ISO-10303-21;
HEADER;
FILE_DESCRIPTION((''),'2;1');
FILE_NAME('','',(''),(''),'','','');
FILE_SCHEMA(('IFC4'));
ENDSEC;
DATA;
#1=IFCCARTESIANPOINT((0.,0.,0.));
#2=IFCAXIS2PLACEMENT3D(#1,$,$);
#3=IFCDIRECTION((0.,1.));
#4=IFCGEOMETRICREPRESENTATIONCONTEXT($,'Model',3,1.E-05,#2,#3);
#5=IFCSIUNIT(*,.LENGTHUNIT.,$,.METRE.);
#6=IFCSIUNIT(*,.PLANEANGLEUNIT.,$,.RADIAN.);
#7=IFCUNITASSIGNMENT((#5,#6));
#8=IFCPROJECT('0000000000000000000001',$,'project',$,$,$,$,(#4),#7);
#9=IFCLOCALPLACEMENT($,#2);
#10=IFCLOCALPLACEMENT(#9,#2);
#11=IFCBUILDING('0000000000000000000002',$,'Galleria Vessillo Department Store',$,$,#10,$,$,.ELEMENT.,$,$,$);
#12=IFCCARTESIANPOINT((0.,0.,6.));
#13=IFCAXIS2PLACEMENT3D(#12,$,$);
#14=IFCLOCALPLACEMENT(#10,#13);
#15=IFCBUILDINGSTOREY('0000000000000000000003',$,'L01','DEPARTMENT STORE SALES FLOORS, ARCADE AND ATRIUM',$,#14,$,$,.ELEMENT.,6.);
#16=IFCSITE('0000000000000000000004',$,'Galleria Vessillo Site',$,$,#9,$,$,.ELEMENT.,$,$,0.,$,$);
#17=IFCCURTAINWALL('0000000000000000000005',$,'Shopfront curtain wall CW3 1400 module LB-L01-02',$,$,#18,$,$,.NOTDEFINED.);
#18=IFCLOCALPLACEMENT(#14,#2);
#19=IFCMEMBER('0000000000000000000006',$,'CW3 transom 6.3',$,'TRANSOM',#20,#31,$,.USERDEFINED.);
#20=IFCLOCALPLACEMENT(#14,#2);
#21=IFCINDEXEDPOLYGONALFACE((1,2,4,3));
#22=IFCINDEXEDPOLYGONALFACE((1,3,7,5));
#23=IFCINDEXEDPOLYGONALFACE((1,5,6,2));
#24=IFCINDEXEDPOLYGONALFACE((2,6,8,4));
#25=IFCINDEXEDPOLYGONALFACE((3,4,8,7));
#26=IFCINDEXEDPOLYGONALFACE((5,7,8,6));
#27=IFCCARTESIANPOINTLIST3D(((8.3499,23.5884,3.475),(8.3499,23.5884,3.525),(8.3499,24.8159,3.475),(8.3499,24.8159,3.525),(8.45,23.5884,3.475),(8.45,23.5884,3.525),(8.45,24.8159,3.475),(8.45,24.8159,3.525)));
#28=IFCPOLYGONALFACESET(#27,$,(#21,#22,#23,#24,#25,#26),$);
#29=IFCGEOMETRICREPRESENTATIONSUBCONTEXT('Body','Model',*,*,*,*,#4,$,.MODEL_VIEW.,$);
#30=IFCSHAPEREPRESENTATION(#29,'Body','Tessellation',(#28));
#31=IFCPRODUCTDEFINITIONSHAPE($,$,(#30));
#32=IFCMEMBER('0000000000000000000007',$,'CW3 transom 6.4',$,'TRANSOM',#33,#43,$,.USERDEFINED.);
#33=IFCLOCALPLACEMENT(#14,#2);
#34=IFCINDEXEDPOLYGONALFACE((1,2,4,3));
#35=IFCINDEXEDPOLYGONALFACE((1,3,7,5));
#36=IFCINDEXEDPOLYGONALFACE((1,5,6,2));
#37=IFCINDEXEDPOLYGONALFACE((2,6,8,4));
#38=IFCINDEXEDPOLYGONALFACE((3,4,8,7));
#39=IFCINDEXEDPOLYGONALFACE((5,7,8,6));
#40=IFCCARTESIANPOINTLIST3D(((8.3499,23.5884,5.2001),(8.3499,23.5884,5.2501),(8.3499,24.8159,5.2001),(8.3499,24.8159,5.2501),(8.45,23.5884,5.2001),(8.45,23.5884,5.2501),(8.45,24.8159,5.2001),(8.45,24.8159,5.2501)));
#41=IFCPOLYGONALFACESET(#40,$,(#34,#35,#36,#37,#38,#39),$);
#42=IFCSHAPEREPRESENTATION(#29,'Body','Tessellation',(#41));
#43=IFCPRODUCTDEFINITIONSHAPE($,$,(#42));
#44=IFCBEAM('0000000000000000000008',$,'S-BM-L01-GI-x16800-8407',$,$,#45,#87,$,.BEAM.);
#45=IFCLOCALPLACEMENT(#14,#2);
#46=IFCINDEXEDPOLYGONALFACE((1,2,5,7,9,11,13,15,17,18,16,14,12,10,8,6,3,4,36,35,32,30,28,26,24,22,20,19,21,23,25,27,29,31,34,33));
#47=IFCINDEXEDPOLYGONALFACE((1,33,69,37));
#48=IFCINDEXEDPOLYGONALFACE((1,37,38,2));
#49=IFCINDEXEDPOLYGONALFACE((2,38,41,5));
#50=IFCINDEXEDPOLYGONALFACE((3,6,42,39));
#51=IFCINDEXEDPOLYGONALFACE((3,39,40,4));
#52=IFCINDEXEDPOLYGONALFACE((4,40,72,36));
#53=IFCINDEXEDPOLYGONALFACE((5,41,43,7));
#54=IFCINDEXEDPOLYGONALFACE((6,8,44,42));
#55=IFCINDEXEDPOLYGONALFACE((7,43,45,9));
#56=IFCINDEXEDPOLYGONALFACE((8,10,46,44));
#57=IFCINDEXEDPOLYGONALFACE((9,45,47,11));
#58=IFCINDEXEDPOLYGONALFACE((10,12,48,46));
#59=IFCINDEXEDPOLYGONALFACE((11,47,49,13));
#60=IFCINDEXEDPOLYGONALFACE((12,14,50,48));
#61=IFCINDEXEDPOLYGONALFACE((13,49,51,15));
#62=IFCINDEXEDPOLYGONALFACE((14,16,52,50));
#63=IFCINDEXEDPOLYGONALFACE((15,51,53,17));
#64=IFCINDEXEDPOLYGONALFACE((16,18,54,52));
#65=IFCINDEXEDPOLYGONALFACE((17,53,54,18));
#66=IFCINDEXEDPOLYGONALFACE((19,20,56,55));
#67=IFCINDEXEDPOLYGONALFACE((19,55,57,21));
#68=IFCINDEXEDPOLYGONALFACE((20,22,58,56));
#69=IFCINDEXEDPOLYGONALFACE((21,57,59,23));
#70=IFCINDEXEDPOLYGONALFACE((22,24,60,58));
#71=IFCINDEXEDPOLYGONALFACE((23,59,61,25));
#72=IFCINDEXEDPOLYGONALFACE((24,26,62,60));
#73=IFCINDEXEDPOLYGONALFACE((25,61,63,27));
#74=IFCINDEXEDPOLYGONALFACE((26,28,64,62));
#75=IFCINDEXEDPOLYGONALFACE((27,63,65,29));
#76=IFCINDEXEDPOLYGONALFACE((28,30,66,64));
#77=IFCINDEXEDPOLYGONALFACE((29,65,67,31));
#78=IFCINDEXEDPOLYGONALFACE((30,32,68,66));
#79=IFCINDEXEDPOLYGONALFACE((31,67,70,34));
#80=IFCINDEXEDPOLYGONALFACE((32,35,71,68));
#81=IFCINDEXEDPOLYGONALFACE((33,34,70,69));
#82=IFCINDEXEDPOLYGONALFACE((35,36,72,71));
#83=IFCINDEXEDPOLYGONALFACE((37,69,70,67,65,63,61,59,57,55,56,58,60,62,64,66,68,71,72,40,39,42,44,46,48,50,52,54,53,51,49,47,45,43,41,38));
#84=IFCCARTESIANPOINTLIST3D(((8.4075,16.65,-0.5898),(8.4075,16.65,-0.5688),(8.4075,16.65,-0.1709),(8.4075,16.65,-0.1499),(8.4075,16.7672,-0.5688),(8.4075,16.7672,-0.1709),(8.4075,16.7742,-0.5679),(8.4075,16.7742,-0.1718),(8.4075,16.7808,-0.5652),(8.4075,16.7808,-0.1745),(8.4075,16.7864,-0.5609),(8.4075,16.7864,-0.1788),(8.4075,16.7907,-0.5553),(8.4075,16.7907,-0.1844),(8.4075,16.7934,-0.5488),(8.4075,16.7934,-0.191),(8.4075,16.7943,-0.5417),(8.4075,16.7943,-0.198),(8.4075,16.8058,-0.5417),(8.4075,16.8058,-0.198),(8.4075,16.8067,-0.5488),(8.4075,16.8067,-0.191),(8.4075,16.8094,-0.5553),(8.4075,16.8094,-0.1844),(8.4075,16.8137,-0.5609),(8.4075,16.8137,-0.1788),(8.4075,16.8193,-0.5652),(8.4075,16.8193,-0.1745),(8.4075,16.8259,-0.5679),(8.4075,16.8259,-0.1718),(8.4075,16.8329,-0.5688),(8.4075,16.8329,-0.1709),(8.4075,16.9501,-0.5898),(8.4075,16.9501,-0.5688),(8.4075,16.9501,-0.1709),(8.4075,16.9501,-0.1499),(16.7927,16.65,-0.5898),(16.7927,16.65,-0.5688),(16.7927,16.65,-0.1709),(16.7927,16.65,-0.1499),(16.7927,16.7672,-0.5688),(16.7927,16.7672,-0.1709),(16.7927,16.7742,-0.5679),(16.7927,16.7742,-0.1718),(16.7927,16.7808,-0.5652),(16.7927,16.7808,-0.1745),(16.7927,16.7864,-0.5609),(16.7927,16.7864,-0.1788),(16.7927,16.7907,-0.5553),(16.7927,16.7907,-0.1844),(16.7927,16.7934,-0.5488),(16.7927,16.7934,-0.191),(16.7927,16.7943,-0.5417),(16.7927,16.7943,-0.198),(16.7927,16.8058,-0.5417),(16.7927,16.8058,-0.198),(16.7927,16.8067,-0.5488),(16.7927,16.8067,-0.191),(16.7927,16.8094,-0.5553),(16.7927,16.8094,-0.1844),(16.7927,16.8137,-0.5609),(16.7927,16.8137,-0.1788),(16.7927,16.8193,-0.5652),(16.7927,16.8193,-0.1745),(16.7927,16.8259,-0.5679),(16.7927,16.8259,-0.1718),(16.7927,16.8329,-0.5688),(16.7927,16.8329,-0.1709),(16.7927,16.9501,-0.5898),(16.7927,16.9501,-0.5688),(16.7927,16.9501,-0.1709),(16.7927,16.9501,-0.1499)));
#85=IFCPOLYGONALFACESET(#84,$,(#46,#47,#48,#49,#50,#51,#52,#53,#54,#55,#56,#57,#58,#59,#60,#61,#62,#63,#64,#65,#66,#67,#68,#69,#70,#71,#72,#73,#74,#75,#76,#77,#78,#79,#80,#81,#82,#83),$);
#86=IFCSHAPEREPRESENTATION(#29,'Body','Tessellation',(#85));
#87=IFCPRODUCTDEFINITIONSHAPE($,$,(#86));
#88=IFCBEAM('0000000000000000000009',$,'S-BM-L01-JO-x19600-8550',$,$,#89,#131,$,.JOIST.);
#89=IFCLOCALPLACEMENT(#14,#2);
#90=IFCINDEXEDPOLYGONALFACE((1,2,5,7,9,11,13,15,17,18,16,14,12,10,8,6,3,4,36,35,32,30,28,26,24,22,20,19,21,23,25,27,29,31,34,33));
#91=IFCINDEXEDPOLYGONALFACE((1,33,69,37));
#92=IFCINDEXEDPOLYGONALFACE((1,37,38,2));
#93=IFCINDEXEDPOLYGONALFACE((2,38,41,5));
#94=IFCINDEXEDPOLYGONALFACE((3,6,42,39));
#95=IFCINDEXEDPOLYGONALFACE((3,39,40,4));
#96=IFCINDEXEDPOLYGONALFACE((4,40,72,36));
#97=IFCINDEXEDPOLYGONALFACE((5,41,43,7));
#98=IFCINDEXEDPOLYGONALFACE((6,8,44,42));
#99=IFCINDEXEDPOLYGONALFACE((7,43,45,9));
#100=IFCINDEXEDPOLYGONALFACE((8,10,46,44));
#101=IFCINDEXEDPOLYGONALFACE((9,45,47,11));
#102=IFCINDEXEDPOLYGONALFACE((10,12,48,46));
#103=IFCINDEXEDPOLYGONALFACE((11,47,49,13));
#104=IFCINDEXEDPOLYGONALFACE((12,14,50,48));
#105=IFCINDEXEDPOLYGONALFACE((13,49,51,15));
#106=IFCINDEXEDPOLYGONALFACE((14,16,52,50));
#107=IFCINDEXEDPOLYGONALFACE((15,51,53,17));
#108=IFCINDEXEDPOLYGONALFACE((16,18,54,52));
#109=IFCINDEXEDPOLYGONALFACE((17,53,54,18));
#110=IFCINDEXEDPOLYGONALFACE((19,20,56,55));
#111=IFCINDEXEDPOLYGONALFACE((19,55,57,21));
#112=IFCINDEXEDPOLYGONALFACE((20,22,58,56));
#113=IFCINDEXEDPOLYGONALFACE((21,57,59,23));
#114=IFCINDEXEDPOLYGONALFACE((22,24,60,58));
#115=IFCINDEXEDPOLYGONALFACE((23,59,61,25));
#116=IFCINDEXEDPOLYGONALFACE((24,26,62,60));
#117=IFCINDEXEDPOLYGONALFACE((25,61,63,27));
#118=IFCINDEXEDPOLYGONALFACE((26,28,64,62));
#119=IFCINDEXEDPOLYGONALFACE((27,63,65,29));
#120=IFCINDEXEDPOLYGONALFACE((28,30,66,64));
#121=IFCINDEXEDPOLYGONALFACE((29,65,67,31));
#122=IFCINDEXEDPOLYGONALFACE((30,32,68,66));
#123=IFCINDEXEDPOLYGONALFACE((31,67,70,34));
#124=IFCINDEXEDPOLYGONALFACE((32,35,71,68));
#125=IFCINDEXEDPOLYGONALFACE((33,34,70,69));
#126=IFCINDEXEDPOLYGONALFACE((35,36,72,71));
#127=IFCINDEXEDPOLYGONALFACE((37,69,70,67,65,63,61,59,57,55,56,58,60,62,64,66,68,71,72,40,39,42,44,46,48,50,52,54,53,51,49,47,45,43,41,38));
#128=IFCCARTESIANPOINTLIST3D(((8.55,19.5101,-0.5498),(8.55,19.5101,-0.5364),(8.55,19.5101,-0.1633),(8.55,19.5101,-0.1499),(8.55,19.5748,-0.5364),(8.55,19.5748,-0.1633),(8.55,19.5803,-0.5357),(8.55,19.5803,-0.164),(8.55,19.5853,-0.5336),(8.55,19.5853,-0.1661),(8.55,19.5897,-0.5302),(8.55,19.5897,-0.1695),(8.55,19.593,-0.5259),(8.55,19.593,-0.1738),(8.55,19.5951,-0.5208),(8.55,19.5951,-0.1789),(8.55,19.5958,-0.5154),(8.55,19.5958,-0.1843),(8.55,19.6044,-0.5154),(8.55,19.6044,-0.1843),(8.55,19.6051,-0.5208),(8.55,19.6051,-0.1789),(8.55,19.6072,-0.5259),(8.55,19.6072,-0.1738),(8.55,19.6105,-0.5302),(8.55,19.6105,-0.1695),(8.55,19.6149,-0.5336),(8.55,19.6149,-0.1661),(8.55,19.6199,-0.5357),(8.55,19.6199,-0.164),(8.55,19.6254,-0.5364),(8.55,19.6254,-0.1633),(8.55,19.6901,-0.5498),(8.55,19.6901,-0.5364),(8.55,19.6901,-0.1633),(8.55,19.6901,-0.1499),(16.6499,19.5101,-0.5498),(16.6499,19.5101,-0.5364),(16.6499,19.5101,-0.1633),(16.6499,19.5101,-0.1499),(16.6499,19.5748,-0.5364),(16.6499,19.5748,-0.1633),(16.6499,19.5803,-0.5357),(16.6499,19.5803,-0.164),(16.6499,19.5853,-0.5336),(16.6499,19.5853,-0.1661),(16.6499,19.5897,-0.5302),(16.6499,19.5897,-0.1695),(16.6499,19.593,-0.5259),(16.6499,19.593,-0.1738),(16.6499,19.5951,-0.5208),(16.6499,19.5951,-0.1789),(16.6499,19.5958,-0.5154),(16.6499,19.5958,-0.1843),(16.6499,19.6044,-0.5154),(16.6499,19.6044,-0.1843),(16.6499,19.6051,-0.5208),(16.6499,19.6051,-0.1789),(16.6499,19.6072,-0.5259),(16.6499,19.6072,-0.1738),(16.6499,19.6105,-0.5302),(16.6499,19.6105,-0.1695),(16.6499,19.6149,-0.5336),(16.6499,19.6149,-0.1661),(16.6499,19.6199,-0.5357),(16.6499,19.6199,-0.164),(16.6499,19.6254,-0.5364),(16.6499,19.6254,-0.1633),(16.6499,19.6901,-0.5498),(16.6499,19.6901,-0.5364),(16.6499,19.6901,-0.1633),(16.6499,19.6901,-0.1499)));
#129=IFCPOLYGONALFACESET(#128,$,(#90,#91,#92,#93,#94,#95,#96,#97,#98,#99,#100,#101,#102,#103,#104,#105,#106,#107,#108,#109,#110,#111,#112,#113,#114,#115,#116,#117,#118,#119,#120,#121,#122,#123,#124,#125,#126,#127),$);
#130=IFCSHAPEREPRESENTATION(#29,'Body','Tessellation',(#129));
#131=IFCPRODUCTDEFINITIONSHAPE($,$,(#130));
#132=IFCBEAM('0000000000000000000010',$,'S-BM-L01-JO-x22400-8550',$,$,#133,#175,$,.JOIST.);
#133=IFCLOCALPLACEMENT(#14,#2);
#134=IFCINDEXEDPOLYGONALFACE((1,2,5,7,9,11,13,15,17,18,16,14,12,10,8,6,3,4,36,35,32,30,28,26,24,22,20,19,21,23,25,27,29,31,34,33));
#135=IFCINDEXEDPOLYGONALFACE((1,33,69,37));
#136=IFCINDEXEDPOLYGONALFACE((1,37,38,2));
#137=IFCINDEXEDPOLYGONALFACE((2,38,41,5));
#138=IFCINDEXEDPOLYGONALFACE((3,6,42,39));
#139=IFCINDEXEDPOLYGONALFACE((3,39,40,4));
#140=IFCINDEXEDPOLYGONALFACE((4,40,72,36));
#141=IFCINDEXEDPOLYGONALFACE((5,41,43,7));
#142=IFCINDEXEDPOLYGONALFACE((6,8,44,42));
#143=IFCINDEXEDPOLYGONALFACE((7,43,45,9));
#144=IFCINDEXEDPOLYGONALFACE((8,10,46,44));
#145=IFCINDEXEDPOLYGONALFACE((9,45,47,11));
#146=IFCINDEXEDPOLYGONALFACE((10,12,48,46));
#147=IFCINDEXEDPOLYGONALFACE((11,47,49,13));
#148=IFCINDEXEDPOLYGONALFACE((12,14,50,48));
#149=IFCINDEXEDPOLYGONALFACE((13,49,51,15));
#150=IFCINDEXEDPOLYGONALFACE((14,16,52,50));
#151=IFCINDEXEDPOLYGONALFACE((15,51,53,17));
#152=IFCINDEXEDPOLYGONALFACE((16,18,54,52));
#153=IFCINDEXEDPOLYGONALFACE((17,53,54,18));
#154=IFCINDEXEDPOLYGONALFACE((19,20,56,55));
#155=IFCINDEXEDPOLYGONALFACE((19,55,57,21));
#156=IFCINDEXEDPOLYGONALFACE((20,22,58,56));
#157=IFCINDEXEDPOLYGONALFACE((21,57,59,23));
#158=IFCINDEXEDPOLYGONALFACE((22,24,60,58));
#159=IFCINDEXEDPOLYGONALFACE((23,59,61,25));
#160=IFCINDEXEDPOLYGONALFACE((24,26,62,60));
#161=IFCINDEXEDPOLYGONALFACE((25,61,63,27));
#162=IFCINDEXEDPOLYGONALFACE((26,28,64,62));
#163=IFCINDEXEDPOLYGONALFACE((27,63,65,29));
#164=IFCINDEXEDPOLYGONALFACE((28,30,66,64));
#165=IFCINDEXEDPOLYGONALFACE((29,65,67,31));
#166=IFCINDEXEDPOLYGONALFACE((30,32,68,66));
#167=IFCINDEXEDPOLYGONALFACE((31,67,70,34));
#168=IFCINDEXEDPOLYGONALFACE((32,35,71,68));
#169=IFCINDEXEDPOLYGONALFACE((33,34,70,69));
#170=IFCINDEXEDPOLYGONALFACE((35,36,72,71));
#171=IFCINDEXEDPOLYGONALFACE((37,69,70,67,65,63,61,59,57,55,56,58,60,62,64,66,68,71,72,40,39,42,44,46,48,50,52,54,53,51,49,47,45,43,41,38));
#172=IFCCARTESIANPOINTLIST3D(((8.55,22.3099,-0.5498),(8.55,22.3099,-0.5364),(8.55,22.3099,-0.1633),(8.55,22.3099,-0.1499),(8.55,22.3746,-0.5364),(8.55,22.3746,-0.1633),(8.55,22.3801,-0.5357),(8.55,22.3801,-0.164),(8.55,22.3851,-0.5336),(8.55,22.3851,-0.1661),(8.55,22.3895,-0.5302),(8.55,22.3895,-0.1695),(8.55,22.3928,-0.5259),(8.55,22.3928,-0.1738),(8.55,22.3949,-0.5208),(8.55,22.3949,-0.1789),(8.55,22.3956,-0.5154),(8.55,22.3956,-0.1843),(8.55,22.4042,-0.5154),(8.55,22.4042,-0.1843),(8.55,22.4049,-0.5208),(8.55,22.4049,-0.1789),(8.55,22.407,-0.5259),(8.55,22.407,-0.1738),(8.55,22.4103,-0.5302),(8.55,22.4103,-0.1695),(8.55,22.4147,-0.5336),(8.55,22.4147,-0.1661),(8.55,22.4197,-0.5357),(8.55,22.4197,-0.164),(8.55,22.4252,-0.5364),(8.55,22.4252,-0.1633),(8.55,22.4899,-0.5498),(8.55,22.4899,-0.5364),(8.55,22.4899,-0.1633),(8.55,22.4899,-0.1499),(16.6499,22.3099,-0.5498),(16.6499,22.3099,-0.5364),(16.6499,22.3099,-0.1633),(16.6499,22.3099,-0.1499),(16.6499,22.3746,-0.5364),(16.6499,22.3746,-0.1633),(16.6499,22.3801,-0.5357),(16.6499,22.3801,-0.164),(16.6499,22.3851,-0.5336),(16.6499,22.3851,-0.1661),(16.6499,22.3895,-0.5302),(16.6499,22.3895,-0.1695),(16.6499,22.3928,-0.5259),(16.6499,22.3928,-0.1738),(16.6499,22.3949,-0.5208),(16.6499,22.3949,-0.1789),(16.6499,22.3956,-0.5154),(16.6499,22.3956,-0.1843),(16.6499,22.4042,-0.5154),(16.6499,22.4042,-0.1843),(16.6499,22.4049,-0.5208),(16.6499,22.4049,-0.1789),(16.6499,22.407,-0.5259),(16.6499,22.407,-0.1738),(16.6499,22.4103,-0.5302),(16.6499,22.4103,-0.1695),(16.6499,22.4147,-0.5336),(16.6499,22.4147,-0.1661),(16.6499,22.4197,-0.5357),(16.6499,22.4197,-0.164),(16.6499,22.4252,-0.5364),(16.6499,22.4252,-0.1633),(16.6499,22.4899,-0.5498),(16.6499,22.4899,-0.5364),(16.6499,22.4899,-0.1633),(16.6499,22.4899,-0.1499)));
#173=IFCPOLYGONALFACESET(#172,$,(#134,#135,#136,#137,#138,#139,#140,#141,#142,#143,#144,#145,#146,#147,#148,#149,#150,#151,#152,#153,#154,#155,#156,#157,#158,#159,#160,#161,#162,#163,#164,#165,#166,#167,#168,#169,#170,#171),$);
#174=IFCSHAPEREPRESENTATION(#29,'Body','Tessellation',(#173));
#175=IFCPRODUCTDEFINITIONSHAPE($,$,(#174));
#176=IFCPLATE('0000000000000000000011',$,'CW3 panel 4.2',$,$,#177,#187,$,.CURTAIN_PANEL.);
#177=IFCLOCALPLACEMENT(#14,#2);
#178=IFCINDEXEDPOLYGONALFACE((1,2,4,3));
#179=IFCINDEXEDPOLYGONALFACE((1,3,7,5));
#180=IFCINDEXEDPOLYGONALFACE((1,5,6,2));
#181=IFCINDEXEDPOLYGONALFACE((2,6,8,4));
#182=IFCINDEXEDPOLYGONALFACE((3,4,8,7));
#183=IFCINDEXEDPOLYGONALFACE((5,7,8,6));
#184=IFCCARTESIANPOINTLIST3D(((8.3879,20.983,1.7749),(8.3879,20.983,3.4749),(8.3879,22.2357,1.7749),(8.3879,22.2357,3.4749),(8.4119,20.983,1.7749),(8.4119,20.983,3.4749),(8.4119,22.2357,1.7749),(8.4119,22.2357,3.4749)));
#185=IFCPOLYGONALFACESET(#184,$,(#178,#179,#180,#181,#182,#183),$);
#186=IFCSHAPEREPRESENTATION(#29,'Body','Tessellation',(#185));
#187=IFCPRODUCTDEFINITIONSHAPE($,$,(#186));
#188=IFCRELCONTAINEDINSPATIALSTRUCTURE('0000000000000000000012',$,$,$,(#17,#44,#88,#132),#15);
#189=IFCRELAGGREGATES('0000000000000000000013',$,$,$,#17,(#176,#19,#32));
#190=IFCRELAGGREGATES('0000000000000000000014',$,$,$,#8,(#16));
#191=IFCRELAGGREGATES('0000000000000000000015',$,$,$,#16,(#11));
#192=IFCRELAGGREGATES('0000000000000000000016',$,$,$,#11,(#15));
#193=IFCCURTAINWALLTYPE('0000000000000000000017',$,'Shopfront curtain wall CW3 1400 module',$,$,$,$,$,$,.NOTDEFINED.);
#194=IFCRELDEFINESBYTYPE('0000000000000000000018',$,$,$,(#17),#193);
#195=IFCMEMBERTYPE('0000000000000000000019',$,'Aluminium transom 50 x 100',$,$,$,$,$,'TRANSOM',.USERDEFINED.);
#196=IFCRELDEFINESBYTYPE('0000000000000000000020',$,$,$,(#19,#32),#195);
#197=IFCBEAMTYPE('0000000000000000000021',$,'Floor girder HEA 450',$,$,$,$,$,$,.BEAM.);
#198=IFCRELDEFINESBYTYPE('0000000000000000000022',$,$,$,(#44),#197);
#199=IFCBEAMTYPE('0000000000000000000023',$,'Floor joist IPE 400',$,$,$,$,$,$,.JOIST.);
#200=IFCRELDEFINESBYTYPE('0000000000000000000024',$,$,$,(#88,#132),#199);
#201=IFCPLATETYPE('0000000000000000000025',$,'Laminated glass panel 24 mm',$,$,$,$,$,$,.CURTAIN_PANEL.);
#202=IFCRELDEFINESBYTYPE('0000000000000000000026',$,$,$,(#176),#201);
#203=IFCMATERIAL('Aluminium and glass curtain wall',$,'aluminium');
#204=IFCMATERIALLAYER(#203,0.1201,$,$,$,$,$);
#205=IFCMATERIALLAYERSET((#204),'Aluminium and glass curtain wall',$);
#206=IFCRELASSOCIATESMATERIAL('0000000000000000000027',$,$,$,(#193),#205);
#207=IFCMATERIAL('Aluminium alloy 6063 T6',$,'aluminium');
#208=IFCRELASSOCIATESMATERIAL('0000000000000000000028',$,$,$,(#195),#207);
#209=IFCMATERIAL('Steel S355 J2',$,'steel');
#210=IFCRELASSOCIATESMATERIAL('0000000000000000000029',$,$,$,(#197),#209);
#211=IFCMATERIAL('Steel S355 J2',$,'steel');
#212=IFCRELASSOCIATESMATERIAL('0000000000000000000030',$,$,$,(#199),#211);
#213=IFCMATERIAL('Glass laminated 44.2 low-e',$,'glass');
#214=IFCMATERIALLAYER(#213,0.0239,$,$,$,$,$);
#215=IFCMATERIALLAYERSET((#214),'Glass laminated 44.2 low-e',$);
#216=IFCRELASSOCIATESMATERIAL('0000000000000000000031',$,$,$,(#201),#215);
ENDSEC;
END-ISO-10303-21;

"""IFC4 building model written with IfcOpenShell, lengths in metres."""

from ifc_helpers import new_model, si_unit, direction, frame, origin, origin_2d, place, context, subcontext, project, spatial, rectangle, i_section, extrude, material, layer, layer_set, material_profile, profile_set, type_object, element, aggregate, save


model = new_model("IFC4")

# Units and contexts
model_context = context("Model", 3, precision=1e-05, world=origin(), true_north=direction((0.0, 1.0)))
body_context = subcontext(model_context, "Body", "Model", "MODEL_VIEW")
ifc_project = project(units=[si_unit("LENGTHUNIT", "METRE"), si_unit("PLANEANGLEUNIT", "RADIAN")], contexts=[model_context])

# Site, building, storey
site_placement = place(None, origin())
site = spatial("IfcSite", under=ifc_project, at=site_placement, Name="Galleria Vessillo Site", CompositionType="ELEMENT", RefElevation=0.0)
building_placement = place(site_placement, origin())
building = spatial("IfcBuilding", under=site, at=building_placement, Name="Galleria Vessillo Department Store", CompositionType="ELEMENT")
storey_placement = place(building_placement, frame((0.0, 0.0, 6.0)))
storey = spatial("IfcBuildingStorey", under=building, at=storey_placement, Name="L01", Description="DEPARTMENT STORE SALES FLOORS, ARCADE AND ATRIUM", CompositionType="ELEMENT", Elevation=6.0)

# Curtain wall, members
ifc_material_1 = material(Name="Aluminium and glass curtain wall", Category="aluminium")
ifc_layer_1 = layer(ifc_material_1, 0.1201)
ifc_layer_set_1 = layer_set([ifc_layer_1], Name="Aluminium and glass curtain wall")
curtain_wall_type = type_object("IfcCurtainWallType", Name="Shopfront curtain wall CW3 1400 module", PredefinedType="NOTDEFINED", material=ifc_layer_set_1)
curtain_wall_placement = place(storey_placement, origin())
curtain_wall = element("IfcCurtainWall", 1, at=curtain_wall_placement, inside=storey, type_object=curtain_wall_type, Name="Shopfront curtain wall CW3 1400 module LB-L01-02", PredefinedType="NOTDEFINED")
ifc_material_2 = material(Name="Aluminium alloy 6063 T6", Category="aluminium")
ifc_material_profile_1 = material_profile(ifc_material_2, rectangle(XDim=0.1001, YDim=0.05, at=origin_2d()), Name="AL 50x100")
ifc_profile_set_1 = profile_set([ifc_material_profile_1], Name="Aluminium alloy 6063 T6")
member_type_1 = type_object("IfcMemberType", Name="Aluminium transom 50 x 100", ElementType="TRANSOM", PredefinedType="USERDEFINED", material=ifc_profile_set_1)
member_1_placement = place(storey_placement, frame((8.3999, 23.5884, 3.5), z_axis=(0.0, 1.0, 0.0), x_axis=(-1.0, 0.0, 0.0)))
member_1 = element("IfcMember", 2, at=member_1_placement, type_object=member_type_1, Name="CW3 transom 6.3", ObjectType="TRANSOM", PredefinedType="USERDEFINED", context=body_context, shape_type="SweptSolid", body=[
    extrude(rectangle(XDim=0.1001, YDim=0.05, at=origin_2d()), origin(), (0.0, 0.0, 1.0), 1.2275),
])
member_2_placement = place(storey_placement, frame((8.3999, 23.5884, 5.2251), z_axis=(0.0, 1.0, 0.0), x_axis=(-1.0, 0.0, 0.0)))
member_2 = element("IfcMember", 3, at=member_2_placement, type_object=member_type_1, Name="CW3 transom 6.4", ObjectType="TRANSOM", PredefinedType="USERDEFINED", context=body_context, shape_type="SweptSolid", body=[
    extrude(rectangle(XDim=0.1001, YDim=0.05, at=origin_2d()), origin(), (0.0, 0.0, 1.0), 1.2275),
])

# Beams
ifc_material_3 = material(Name="Steel S355 J2", Category="steel")
ifc_material_profile_2 = material_profile(ifc_material_3, i_section(OverallWidth=0.3, OverallDepth=0.4399, WebThickness=0.0115, FlangeThickness=0.021, FilletRadius=0.0271, at=origin_2d()), Name="HEA 450")
ifc_profile_set_2 = profile_set([ifc_material_profile_2], Name="Steel S355 J2")
beam_type_1 = type_object("IfcBeamType", Name="Floor girder HEA 450", PredefinedType="BEAM", material=ifc_profile_set_2)
beam_placement = place(storey_placement, frame((8.4075, 16.8, -0.3699), z_axis=(1.0, 0.0, 0.0), x_axis=(0.0, 1.0, 0.0)))
element("IfcBeam", 4, at=beam_placement, inside=storey, type_object=beam_type_1, Name="S-BM-L01-GI-x16800-8407", PredefinedType="BEAM", context=body_context, shape_type="SweptSolid", body=[
    extrude(i_section(OverallWidth=0.3, OverallDepth=0.4399, WebThickness=0.0115, FlangeThickness=0.021, FilletRadius=0.0271, at=origin_2d()), origin(), (0.0, 0.0, 1.0), 8.3853),
])
ifc_material_4 = material(Name="Steel S355 J2", Category="steel")
ifc_material_profile_3 = material_profile(ifc_material_4, i_section(OverallWidth=0.1799, OverallDepth=0.3999, WebThickness=0.0085, FlangeThickness=0.0134, FilletRadius=0.021, at=origin_2d()), Name="IPE 400")
ifc_profile_set_3 = profile_set([ifc_material_profile_3], Name="Steel S355 J2")
beam_type_2 = type_object("IfcBeamType", Name="Floor joist IPE 400", PredefinedType="JOIST", material=ifc_profile_set_3)
for number, where, z_axis, x_axis, name in (
    (5, (8.55, 19.6001, -0.3499), (1.0, 0.0, 0.0), (0.0, 1.0, 0.0), "S-BM-L01-JO-x19600-8550"),
    (6, (8.55, 22.3999, -0.3499), (1.0, 0.0, 0.0), (0.0, 1.0, 0.0), "S-BM-L01-JO-x22400-8550"),
):
    element("IfcBeam", number, at=place(storey_placement, frame(where, z_axis=z_axis, x_axis=x_axis)), inside=storey, type_object=beam_type_2, Name=name, PredefinedType="JOIST", context=body_context, shape_type="SweptSolid", body=[
        extrude(i_section(OverallWidth=0.1799, OverallDepth=0.3999, WebThickness=0.0085, FlangeThickness=0.0134, FilletRadius=0.021, at=origin_2d()), origin(), (0.0, 0.0, 1.0), 8.0999),
    ])

# Plate
ifc_material_5 = material(Name="Glass laminated 44.2 low-e", Category="glass")
ifc_layer_2 = layer(ifc_material_5, 0.0239)
ifc_layer_set_2 = layer_set([ifc_layer_2], Name="Glass laminated 44.2 low-e")
plate_type_1 = type_object("IfcPlateType", Name="Laminated glass panel 24 mm", PredefinedType="CURTAIN_PANEL", material=ifc_layer_set_2)
plate_1_placement = place(storey_placement, frame((8.3999, 21.6094, 1.7749), z_axis=(0.0, 0.0, 1.0), x_axis=(0.0, 1.0, 0.0)))
plate_1 = element("IfcPlate", 7, at=plate_1_placement, type_object=plate_type_1, Name="CW3 panel 4.2", PredefinedType="CURTAIN_PANEL", context=body_context, shape_type="SweptSolid", body=[
    extrude(rectangle(XDim=1.2527, YDim=0.0239, at=origin_2d()), origin(), (0.0, 0.0, 1.0), 1.7),
])
aggregate(curtain_wall, [plate_1, member_1, member_2])

save(model, "model.ifc")
